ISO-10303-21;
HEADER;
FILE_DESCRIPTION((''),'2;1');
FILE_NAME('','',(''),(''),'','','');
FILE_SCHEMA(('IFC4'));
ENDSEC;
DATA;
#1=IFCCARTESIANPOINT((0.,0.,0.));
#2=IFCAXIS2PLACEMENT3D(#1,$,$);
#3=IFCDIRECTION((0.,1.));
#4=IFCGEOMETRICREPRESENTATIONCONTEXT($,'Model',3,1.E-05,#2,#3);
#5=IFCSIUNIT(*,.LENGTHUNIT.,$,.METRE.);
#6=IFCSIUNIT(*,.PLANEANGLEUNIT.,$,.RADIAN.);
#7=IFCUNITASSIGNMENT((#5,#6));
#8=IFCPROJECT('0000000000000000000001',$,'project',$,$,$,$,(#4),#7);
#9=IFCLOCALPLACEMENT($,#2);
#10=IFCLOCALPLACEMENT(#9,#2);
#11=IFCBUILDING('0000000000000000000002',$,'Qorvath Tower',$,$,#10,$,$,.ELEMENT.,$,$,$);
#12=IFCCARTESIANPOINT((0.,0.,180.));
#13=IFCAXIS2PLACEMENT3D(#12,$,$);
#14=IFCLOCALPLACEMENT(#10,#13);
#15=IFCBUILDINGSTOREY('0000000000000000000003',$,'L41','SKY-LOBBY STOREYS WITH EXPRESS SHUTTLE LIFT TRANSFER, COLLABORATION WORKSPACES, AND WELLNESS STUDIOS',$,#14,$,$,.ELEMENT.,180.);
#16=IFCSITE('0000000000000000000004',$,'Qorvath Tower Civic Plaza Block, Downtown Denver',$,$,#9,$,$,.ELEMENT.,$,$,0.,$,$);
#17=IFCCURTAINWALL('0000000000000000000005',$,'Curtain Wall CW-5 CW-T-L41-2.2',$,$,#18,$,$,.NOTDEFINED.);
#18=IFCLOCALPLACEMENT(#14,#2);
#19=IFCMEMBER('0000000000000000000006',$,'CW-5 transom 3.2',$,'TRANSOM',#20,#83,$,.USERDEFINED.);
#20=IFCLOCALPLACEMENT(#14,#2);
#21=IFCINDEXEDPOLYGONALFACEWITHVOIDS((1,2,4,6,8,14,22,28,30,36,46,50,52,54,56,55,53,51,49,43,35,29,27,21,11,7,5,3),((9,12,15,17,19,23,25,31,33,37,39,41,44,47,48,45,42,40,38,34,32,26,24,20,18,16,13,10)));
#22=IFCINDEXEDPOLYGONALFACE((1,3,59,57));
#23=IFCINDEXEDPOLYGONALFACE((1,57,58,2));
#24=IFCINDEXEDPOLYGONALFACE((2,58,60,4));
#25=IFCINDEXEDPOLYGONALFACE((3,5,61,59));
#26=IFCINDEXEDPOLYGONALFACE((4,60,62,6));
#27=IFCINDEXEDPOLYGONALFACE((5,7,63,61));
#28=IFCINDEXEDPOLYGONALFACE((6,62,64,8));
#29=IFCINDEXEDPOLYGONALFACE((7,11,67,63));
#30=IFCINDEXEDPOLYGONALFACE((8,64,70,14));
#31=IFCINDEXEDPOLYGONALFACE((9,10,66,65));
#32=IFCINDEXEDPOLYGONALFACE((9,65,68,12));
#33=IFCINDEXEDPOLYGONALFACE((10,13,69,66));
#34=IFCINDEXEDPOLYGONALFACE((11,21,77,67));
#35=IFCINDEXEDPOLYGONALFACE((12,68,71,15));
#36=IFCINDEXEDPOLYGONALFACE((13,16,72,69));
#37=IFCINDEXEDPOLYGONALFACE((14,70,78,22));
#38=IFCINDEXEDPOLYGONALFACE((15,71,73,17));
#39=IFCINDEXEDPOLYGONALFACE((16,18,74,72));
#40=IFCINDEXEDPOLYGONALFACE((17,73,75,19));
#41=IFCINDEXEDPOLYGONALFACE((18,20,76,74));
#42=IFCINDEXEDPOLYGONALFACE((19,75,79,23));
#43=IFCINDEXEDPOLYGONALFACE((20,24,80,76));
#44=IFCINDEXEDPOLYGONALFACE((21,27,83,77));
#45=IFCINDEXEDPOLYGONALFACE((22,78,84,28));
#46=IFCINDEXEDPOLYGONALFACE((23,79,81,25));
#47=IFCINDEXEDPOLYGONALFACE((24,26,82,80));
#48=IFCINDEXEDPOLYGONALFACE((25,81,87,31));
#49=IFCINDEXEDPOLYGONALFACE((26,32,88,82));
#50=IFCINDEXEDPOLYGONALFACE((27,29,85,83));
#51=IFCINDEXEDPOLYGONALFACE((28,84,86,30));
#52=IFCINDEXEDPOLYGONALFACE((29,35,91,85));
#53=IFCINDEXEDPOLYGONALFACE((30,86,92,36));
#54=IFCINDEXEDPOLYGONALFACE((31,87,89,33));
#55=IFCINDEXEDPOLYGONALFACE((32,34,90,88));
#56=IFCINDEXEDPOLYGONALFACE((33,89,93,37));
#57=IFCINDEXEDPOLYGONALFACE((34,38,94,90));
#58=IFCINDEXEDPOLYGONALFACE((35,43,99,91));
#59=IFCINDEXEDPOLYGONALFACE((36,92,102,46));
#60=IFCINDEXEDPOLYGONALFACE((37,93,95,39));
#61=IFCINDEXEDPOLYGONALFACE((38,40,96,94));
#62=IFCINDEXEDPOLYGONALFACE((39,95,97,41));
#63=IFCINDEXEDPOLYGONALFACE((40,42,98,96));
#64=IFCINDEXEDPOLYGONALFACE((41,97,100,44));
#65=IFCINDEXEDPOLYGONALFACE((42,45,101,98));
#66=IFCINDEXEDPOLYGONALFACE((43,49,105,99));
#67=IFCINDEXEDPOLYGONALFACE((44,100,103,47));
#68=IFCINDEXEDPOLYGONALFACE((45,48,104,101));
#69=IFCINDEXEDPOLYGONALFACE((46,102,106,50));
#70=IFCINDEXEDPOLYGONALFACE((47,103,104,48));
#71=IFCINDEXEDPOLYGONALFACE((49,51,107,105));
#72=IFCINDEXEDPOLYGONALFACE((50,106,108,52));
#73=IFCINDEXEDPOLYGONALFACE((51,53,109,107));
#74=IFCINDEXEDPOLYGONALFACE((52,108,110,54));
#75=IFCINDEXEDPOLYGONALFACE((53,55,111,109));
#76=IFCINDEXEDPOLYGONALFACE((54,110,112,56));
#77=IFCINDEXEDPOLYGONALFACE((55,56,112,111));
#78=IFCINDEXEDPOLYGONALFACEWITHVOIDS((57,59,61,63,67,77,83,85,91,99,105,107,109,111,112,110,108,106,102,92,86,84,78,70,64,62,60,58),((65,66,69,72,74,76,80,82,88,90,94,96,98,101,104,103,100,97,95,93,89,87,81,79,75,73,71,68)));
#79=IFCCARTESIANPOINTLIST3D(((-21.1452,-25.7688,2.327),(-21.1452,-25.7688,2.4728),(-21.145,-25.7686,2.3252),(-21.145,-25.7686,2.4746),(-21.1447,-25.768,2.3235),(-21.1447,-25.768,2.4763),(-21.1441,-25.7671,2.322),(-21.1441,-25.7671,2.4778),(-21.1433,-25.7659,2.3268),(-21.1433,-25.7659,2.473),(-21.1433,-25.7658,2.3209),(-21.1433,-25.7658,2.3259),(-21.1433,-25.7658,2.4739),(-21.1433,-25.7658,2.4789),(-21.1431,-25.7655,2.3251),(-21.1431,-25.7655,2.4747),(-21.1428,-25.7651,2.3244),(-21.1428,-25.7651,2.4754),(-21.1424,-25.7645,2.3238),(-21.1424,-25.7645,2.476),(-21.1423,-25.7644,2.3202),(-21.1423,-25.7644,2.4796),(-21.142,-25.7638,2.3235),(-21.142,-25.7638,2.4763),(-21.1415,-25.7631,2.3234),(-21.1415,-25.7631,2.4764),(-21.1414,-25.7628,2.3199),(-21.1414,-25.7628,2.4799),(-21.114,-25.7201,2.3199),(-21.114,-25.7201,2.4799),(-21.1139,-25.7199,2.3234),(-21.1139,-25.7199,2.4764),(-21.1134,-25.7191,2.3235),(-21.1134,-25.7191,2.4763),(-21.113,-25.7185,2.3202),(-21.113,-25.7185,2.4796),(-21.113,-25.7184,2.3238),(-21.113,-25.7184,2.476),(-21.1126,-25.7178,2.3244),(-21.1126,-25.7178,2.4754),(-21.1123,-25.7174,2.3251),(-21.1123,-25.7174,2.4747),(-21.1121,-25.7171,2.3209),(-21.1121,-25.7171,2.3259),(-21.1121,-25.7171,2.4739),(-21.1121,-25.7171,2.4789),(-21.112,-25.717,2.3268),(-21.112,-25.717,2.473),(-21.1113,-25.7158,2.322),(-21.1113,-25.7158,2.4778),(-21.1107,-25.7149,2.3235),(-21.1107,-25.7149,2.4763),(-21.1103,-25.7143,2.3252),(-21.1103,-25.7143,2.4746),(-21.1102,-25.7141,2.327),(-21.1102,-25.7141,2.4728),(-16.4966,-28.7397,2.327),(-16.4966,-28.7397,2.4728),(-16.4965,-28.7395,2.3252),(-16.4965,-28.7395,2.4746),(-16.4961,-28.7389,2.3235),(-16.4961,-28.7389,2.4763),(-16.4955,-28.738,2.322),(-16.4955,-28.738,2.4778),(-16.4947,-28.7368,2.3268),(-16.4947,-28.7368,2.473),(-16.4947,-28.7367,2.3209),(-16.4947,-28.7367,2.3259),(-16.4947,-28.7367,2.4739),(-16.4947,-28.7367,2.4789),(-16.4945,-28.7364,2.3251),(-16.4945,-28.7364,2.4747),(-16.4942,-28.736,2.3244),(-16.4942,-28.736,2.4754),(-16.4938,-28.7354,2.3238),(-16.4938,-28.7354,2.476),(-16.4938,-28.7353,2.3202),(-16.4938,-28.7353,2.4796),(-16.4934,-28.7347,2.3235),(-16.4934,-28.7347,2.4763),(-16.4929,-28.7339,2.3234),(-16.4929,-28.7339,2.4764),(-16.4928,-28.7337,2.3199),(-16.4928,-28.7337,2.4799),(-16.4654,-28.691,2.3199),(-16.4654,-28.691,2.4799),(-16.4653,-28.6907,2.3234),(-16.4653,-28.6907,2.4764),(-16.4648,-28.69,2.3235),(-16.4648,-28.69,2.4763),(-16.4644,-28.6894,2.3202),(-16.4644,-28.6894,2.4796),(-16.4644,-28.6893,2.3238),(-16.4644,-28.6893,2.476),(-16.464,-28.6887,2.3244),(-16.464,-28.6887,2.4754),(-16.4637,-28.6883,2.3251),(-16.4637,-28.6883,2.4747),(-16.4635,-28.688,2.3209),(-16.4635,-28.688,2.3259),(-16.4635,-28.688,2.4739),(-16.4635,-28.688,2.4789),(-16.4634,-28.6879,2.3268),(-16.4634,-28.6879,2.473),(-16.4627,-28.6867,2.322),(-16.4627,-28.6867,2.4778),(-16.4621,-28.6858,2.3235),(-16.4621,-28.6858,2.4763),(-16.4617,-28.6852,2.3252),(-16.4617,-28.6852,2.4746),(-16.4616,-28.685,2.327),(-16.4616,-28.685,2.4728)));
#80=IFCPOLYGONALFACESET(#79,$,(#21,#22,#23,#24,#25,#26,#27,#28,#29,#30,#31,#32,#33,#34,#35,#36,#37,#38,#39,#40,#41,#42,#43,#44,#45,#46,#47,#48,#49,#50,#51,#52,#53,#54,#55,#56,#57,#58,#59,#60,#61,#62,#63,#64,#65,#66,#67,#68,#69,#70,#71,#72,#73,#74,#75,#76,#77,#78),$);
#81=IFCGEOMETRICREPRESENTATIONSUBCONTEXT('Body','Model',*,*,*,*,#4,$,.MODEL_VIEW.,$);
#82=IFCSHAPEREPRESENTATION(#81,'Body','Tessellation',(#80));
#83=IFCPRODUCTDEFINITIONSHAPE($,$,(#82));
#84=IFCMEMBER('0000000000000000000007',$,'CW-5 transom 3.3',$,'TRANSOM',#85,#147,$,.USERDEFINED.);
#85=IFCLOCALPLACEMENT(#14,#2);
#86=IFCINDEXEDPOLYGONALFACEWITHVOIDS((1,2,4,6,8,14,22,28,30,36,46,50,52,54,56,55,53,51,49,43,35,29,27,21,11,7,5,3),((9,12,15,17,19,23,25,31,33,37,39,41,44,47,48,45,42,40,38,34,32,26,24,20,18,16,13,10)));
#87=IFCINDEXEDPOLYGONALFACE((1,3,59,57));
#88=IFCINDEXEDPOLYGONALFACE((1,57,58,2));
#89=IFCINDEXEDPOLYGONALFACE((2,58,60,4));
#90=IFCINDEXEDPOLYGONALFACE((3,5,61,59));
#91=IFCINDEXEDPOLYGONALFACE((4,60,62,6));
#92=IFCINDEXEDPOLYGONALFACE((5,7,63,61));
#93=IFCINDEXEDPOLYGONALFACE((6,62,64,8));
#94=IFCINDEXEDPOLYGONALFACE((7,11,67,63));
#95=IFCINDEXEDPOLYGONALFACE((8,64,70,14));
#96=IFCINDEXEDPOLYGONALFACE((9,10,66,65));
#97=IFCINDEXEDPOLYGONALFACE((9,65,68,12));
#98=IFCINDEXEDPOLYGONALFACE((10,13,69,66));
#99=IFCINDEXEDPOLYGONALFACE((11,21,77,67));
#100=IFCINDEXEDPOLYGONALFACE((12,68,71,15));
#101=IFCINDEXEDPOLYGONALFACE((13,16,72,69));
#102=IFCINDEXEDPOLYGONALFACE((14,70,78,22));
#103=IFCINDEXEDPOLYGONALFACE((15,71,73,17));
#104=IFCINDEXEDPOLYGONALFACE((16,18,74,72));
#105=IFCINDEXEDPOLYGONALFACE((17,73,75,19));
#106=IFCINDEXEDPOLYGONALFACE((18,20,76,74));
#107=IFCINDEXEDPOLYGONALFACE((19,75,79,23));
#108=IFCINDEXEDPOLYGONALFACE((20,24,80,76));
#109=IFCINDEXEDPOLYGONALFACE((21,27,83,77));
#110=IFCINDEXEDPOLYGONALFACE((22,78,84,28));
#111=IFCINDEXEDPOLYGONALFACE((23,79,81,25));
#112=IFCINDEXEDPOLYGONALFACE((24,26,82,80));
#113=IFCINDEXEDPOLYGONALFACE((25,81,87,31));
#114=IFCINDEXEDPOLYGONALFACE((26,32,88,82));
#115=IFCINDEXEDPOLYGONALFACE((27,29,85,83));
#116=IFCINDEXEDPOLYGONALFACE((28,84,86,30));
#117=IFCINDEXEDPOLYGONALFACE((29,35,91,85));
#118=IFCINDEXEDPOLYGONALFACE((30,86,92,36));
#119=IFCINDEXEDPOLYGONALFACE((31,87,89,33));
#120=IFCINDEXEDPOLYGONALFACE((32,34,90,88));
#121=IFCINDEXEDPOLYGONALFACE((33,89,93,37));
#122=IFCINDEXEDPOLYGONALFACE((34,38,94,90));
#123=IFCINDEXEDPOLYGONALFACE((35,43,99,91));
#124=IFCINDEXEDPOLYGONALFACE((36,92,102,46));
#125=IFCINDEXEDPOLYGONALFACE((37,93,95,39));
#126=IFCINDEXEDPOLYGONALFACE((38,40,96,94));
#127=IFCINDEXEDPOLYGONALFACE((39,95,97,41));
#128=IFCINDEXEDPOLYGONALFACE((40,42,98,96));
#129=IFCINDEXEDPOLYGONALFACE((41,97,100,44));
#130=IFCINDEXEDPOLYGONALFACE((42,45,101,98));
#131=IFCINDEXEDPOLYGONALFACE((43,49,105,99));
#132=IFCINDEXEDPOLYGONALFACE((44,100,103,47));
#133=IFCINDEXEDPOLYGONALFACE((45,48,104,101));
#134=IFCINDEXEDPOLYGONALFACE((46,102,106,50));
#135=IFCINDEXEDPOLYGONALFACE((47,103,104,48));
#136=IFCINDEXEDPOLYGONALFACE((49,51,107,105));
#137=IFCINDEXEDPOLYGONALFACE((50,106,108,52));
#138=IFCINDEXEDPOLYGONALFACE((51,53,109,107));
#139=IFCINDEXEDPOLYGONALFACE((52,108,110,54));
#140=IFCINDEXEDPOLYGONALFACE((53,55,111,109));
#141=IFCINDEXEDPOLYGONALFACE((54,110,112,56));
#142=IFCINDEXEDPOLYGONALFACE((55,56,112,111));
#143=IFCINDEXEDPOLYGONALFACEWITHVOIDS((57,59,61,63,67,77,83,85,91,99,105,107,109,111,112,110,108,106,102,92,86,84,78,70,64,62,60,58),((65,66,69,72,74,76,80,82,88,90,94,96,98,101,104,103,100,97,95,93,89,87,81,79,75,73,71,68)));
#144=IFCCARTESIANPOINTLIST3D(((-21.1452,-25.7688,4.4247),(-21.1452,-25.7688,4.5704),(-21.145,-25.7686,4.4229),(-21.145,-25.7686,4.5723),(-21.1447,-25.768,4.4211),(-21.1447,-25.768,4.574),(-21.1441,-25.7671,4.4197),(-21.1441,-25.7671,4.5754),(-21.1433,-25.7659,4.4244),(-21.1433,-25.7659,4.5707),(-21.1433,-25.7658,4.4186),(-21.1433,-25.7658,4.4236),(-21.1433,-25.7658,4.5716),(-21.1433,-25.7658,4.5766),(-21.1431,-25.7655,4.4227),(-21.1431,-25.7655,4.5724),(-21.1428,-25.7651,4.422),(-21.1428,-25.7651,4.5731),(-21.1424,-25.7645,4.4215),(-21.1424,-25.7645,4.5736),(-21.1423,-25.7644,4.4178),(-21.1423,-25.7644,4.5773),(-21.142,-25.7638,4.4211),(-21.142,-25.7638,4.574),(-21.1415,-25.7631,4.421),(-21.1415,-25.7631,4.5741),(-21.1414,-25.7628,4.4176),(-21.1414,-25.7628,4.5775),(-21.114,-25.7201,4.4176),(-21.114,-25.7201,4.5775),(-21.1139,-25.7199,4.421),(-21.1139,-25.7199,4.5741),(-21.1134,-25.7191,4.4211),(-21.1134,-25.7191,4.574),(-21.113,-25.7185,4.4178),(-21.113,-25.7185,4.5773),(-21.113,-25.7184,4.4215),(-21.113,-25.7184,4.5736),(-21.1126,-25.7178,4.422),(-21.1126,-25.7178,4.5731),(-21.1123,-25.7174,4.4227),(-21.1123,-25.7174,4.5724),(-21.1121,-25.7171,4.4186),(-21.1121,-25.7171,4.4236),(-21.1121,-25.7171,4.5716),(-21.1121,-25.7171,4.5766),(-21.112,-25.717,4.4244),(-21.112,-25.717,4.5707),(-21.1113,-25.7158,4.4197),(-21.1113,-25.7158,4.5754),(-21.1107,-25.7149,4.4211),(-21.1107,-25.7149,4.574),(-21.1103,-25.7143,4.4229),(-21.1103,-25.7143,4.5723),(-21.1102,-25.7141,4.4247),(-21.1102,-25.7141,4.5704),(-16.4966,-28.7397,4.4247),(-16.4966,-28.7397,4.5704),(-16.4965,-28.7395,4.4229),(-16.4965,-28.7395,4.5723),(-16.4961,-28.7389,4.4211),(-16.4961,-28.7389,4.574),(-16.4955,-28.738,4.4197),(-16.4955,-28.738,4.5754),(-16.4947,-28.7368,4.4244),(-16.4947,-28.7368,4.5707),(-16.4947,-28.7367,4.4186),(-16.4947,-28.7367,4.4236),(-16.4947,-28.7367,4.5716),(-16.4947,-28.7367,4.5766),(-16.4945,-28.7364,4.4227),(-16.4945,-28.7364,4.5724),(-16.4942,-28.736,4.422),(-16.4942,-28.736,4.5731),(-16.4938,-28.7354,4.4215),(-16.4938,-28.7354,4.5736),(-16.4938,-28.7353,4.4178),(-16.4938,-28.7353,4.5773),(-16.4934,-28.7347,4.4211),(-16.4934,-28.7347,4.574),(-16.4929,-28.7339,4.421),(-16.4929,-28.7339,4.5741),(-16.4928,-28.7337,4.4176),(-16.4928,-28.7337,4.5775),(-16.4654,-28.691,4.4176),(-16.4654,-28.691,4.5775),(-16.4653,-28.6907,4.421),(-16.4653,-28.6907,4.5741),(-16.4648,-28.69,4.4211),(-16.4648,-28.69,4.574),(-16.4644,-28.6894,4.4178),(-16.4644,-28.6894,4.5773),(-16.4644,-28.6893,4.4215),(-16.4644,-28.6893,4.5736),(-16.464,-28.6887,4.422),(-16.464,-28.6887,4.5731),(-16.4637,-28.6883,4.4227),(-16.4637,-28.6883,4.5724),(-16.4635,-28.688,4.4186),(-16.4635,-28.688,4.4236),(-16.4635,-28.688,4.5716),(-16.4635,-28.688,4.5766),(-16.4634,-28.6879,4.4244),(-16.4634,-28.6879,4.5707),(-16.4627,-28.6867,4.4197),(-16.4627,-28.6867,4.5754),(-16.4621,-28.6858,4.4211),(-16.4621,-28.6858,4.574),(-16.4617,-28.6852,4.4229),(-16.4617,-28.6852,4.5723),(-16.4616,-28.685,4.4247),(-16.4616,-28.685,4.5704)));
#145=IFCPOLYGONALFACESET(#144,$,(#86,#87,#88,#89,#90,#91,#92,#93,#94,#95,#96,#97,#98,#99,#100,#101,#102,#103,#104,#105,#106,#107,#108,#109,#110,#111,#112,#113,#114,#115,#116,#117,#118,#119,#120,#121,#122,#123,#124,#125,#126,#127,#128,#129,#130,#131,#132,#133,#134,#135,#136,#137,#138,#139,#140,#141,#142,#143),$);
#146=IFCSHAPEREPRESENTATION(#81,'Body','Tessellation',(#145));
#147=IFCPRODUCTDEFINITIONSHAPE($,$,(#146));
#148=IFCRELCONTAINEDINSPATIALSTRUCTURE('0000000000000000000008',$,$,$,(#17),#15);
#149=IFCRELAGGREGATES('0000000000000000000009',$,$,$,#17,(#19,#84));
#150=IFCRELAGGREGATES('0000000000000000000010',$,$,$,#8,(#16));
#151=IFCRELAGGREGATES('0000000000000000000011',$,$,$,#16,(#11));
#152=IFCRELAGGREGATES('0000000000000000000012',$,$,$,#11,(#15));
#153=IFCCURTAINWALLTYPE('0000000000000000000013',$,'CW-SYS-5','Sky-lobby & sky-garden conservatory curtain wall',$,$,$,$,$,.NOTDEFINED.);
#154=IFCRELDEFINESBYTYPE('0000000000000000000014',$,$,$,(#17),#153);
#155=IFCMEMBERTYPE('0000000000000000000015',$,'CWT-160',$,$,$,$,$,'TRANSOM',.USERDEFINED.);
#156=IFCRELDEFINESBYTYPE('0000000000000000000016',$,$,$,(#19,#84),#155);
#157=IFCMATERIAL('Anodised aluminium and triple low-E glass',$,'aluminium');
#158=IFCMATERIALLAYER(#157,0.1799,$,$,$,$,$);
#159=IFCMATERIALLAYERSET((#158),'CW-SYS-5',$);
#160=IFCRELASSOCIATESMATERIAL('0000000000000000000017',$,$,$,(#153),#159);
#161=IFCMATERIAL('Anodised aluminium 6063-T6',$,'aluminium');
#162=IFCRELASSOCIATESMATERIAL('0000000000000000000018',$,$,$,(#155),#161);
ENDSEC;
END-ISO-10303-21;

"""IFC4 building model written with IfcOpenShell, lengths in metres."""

from ifc_helpers import new_model, si_unit, direction, frame, origin, origin_2d, place, context, subcontext, project, spatial, hollow_rectangle, extrude, material, layer, layer_set, material_profile, profile_set, type_object, element, aggregate, save


model = new_model("IFC4")

# Units and contexts
model_context = context("Model", 3, precision=1e-05, world=origin(), true_north=direction((0.0, 1.0)))
body_context = subcontext(model_context, "Body", "Model", "MODEL_VIEW")
ifc_project = project(units=[si_unit("LENGTHUNIT", "METRE"), si_unit("PLANEANGLEUNIT", "RADIAN")], contexts=[model_context])

# Site, building, storey
site_placement = place(None, origin())
site = spatial("IfcSite", under=ifc_project, at=site_placement, Name="Qorvath Tower Civic Plaza Block, Downtown Denver", CompositionType="ELEMENT", RefElevation=0.0)
building_placement = place(site_placement, origin())
building = spatial("IfcBuilding", under=site, at=building_placement, Name="Qorvath Tower", CompositionType="ELEMENT")
storey_placement = place(building_placement, frame((0.0, 0.0, 180.0)))
storey = spatial("IfcBuildingStorey", under=building, at=storey_placement, Name="L41", Description="SKY-LOBBY STOREYS WITH EXPRESS SHUTTLE LIFT TRANSFER, COLLABORATION WORKSPACES, AND WELLNESS STUDIOS", CompositionType="ELEMENT", Elevation=180.0)

# Curtain wall
ifc_material_1 = material(Name="Anodised aluminium and triple low-E glass", Category="aluminium")
ifc_layer_1 = layer(ifc_material_1, 0.1799)
ifc_layer_set_1 = layer_set([ifc_layer_1], Name="CW-SYS-5")
curtain_wall_type = type_object("IfcCurtainWallType", Name="CW-SYS-5", Description="Sky-lobby & sky-garden conservatory curtain wall", PredefinedType="NOTDEFINED", material=ifc_layer_set_1)
curtain_wall_1_placement = place(storey_placement, origin())
curtain_wall_1 = element("IfcCurtainWall", 1, at=curtain_wall_1_placement, inside=storey, type_object=curtain_wall_type, Name="Curtain Wall CW-5 CW-T-L41-2.2", PredefinedType="NOTDEFINED")

# Members
ifc_material_2 = material(Name="Anodised aluminium 6063-T6", Category="aluminium")
ifc_material_profile_1 = material_profile(ifc_material_2, hollow_rectangle(XDim=0.0649, YDim=0.1599, WallThickness=0.0034, InnerFilletRadius=0.0034, OuterFilletRadius=0.0071, at=origin_2d()), Name="CWT 160x65")
ifc_profile_set_1 = profile_set([ifc_material_profile_1], Name="Anodised aluminium 6063-T6")
member_type_1 = type_object("IfcMemberType", Name="CWT-160", ElementType="TRANSOM", PredefinedType="USERDEFINED", material=ifc_profile_set_1)
member_1_placement = place(storey_placement, frame((-21.1277, -25.7415, 2.3999), z_axis=(0.842618, -0.538512, 0.0), x_axis=(0.538512, 0.842618, 0.0)))
member_1 = element("IfcMember", 2, at=member_1_placement, type_object=member_type_1, Name="CW-5 transom 3.2", ObjectType="TRANSOM", PredefinedType="USERDEFINED", context=body_context, shape_type="SweptSolid", body=[
    extrude(hollow_rectangle(XDim=0.0649, YDim=0.1599, WallThickness=0.0034, InnerFilletRadius=0.0034, OuterFilletRadius=0.0071, at=origin_2d()), origin(), (0.0, 0.0, 1.0), 5.5168),
])
member_2_placement = place(storey_placement, frame((-21.1277, -25.7415, 4.4976), z_axis=(0.842618, -0.538512, 0.0), x_axis=(0.538512, 0.842618, 0.0)))
member_2 = element("IfcMember", 3, at=member_2_placement, type_object=member_type_1, Name="CW-5 transom 3.3", ObjectType="TRANSOM", PredefinedType="USERDEFINED", context=body_context, shape_type="SweptSolid", body=[
    extrude(hollow_rectangle(XDim=0.0649, YDim=0.1599, WallThickness=0.0034, InnerFilletRadius=0.0034, OuterFilletRadius=0.0071, at=origin_2d()), origin(), (0.0, 0.0, 1.0), 5.5168),
])

aggregate(curtain_wall_1, [member_1, member_2])

save(model, "model.ifc")
